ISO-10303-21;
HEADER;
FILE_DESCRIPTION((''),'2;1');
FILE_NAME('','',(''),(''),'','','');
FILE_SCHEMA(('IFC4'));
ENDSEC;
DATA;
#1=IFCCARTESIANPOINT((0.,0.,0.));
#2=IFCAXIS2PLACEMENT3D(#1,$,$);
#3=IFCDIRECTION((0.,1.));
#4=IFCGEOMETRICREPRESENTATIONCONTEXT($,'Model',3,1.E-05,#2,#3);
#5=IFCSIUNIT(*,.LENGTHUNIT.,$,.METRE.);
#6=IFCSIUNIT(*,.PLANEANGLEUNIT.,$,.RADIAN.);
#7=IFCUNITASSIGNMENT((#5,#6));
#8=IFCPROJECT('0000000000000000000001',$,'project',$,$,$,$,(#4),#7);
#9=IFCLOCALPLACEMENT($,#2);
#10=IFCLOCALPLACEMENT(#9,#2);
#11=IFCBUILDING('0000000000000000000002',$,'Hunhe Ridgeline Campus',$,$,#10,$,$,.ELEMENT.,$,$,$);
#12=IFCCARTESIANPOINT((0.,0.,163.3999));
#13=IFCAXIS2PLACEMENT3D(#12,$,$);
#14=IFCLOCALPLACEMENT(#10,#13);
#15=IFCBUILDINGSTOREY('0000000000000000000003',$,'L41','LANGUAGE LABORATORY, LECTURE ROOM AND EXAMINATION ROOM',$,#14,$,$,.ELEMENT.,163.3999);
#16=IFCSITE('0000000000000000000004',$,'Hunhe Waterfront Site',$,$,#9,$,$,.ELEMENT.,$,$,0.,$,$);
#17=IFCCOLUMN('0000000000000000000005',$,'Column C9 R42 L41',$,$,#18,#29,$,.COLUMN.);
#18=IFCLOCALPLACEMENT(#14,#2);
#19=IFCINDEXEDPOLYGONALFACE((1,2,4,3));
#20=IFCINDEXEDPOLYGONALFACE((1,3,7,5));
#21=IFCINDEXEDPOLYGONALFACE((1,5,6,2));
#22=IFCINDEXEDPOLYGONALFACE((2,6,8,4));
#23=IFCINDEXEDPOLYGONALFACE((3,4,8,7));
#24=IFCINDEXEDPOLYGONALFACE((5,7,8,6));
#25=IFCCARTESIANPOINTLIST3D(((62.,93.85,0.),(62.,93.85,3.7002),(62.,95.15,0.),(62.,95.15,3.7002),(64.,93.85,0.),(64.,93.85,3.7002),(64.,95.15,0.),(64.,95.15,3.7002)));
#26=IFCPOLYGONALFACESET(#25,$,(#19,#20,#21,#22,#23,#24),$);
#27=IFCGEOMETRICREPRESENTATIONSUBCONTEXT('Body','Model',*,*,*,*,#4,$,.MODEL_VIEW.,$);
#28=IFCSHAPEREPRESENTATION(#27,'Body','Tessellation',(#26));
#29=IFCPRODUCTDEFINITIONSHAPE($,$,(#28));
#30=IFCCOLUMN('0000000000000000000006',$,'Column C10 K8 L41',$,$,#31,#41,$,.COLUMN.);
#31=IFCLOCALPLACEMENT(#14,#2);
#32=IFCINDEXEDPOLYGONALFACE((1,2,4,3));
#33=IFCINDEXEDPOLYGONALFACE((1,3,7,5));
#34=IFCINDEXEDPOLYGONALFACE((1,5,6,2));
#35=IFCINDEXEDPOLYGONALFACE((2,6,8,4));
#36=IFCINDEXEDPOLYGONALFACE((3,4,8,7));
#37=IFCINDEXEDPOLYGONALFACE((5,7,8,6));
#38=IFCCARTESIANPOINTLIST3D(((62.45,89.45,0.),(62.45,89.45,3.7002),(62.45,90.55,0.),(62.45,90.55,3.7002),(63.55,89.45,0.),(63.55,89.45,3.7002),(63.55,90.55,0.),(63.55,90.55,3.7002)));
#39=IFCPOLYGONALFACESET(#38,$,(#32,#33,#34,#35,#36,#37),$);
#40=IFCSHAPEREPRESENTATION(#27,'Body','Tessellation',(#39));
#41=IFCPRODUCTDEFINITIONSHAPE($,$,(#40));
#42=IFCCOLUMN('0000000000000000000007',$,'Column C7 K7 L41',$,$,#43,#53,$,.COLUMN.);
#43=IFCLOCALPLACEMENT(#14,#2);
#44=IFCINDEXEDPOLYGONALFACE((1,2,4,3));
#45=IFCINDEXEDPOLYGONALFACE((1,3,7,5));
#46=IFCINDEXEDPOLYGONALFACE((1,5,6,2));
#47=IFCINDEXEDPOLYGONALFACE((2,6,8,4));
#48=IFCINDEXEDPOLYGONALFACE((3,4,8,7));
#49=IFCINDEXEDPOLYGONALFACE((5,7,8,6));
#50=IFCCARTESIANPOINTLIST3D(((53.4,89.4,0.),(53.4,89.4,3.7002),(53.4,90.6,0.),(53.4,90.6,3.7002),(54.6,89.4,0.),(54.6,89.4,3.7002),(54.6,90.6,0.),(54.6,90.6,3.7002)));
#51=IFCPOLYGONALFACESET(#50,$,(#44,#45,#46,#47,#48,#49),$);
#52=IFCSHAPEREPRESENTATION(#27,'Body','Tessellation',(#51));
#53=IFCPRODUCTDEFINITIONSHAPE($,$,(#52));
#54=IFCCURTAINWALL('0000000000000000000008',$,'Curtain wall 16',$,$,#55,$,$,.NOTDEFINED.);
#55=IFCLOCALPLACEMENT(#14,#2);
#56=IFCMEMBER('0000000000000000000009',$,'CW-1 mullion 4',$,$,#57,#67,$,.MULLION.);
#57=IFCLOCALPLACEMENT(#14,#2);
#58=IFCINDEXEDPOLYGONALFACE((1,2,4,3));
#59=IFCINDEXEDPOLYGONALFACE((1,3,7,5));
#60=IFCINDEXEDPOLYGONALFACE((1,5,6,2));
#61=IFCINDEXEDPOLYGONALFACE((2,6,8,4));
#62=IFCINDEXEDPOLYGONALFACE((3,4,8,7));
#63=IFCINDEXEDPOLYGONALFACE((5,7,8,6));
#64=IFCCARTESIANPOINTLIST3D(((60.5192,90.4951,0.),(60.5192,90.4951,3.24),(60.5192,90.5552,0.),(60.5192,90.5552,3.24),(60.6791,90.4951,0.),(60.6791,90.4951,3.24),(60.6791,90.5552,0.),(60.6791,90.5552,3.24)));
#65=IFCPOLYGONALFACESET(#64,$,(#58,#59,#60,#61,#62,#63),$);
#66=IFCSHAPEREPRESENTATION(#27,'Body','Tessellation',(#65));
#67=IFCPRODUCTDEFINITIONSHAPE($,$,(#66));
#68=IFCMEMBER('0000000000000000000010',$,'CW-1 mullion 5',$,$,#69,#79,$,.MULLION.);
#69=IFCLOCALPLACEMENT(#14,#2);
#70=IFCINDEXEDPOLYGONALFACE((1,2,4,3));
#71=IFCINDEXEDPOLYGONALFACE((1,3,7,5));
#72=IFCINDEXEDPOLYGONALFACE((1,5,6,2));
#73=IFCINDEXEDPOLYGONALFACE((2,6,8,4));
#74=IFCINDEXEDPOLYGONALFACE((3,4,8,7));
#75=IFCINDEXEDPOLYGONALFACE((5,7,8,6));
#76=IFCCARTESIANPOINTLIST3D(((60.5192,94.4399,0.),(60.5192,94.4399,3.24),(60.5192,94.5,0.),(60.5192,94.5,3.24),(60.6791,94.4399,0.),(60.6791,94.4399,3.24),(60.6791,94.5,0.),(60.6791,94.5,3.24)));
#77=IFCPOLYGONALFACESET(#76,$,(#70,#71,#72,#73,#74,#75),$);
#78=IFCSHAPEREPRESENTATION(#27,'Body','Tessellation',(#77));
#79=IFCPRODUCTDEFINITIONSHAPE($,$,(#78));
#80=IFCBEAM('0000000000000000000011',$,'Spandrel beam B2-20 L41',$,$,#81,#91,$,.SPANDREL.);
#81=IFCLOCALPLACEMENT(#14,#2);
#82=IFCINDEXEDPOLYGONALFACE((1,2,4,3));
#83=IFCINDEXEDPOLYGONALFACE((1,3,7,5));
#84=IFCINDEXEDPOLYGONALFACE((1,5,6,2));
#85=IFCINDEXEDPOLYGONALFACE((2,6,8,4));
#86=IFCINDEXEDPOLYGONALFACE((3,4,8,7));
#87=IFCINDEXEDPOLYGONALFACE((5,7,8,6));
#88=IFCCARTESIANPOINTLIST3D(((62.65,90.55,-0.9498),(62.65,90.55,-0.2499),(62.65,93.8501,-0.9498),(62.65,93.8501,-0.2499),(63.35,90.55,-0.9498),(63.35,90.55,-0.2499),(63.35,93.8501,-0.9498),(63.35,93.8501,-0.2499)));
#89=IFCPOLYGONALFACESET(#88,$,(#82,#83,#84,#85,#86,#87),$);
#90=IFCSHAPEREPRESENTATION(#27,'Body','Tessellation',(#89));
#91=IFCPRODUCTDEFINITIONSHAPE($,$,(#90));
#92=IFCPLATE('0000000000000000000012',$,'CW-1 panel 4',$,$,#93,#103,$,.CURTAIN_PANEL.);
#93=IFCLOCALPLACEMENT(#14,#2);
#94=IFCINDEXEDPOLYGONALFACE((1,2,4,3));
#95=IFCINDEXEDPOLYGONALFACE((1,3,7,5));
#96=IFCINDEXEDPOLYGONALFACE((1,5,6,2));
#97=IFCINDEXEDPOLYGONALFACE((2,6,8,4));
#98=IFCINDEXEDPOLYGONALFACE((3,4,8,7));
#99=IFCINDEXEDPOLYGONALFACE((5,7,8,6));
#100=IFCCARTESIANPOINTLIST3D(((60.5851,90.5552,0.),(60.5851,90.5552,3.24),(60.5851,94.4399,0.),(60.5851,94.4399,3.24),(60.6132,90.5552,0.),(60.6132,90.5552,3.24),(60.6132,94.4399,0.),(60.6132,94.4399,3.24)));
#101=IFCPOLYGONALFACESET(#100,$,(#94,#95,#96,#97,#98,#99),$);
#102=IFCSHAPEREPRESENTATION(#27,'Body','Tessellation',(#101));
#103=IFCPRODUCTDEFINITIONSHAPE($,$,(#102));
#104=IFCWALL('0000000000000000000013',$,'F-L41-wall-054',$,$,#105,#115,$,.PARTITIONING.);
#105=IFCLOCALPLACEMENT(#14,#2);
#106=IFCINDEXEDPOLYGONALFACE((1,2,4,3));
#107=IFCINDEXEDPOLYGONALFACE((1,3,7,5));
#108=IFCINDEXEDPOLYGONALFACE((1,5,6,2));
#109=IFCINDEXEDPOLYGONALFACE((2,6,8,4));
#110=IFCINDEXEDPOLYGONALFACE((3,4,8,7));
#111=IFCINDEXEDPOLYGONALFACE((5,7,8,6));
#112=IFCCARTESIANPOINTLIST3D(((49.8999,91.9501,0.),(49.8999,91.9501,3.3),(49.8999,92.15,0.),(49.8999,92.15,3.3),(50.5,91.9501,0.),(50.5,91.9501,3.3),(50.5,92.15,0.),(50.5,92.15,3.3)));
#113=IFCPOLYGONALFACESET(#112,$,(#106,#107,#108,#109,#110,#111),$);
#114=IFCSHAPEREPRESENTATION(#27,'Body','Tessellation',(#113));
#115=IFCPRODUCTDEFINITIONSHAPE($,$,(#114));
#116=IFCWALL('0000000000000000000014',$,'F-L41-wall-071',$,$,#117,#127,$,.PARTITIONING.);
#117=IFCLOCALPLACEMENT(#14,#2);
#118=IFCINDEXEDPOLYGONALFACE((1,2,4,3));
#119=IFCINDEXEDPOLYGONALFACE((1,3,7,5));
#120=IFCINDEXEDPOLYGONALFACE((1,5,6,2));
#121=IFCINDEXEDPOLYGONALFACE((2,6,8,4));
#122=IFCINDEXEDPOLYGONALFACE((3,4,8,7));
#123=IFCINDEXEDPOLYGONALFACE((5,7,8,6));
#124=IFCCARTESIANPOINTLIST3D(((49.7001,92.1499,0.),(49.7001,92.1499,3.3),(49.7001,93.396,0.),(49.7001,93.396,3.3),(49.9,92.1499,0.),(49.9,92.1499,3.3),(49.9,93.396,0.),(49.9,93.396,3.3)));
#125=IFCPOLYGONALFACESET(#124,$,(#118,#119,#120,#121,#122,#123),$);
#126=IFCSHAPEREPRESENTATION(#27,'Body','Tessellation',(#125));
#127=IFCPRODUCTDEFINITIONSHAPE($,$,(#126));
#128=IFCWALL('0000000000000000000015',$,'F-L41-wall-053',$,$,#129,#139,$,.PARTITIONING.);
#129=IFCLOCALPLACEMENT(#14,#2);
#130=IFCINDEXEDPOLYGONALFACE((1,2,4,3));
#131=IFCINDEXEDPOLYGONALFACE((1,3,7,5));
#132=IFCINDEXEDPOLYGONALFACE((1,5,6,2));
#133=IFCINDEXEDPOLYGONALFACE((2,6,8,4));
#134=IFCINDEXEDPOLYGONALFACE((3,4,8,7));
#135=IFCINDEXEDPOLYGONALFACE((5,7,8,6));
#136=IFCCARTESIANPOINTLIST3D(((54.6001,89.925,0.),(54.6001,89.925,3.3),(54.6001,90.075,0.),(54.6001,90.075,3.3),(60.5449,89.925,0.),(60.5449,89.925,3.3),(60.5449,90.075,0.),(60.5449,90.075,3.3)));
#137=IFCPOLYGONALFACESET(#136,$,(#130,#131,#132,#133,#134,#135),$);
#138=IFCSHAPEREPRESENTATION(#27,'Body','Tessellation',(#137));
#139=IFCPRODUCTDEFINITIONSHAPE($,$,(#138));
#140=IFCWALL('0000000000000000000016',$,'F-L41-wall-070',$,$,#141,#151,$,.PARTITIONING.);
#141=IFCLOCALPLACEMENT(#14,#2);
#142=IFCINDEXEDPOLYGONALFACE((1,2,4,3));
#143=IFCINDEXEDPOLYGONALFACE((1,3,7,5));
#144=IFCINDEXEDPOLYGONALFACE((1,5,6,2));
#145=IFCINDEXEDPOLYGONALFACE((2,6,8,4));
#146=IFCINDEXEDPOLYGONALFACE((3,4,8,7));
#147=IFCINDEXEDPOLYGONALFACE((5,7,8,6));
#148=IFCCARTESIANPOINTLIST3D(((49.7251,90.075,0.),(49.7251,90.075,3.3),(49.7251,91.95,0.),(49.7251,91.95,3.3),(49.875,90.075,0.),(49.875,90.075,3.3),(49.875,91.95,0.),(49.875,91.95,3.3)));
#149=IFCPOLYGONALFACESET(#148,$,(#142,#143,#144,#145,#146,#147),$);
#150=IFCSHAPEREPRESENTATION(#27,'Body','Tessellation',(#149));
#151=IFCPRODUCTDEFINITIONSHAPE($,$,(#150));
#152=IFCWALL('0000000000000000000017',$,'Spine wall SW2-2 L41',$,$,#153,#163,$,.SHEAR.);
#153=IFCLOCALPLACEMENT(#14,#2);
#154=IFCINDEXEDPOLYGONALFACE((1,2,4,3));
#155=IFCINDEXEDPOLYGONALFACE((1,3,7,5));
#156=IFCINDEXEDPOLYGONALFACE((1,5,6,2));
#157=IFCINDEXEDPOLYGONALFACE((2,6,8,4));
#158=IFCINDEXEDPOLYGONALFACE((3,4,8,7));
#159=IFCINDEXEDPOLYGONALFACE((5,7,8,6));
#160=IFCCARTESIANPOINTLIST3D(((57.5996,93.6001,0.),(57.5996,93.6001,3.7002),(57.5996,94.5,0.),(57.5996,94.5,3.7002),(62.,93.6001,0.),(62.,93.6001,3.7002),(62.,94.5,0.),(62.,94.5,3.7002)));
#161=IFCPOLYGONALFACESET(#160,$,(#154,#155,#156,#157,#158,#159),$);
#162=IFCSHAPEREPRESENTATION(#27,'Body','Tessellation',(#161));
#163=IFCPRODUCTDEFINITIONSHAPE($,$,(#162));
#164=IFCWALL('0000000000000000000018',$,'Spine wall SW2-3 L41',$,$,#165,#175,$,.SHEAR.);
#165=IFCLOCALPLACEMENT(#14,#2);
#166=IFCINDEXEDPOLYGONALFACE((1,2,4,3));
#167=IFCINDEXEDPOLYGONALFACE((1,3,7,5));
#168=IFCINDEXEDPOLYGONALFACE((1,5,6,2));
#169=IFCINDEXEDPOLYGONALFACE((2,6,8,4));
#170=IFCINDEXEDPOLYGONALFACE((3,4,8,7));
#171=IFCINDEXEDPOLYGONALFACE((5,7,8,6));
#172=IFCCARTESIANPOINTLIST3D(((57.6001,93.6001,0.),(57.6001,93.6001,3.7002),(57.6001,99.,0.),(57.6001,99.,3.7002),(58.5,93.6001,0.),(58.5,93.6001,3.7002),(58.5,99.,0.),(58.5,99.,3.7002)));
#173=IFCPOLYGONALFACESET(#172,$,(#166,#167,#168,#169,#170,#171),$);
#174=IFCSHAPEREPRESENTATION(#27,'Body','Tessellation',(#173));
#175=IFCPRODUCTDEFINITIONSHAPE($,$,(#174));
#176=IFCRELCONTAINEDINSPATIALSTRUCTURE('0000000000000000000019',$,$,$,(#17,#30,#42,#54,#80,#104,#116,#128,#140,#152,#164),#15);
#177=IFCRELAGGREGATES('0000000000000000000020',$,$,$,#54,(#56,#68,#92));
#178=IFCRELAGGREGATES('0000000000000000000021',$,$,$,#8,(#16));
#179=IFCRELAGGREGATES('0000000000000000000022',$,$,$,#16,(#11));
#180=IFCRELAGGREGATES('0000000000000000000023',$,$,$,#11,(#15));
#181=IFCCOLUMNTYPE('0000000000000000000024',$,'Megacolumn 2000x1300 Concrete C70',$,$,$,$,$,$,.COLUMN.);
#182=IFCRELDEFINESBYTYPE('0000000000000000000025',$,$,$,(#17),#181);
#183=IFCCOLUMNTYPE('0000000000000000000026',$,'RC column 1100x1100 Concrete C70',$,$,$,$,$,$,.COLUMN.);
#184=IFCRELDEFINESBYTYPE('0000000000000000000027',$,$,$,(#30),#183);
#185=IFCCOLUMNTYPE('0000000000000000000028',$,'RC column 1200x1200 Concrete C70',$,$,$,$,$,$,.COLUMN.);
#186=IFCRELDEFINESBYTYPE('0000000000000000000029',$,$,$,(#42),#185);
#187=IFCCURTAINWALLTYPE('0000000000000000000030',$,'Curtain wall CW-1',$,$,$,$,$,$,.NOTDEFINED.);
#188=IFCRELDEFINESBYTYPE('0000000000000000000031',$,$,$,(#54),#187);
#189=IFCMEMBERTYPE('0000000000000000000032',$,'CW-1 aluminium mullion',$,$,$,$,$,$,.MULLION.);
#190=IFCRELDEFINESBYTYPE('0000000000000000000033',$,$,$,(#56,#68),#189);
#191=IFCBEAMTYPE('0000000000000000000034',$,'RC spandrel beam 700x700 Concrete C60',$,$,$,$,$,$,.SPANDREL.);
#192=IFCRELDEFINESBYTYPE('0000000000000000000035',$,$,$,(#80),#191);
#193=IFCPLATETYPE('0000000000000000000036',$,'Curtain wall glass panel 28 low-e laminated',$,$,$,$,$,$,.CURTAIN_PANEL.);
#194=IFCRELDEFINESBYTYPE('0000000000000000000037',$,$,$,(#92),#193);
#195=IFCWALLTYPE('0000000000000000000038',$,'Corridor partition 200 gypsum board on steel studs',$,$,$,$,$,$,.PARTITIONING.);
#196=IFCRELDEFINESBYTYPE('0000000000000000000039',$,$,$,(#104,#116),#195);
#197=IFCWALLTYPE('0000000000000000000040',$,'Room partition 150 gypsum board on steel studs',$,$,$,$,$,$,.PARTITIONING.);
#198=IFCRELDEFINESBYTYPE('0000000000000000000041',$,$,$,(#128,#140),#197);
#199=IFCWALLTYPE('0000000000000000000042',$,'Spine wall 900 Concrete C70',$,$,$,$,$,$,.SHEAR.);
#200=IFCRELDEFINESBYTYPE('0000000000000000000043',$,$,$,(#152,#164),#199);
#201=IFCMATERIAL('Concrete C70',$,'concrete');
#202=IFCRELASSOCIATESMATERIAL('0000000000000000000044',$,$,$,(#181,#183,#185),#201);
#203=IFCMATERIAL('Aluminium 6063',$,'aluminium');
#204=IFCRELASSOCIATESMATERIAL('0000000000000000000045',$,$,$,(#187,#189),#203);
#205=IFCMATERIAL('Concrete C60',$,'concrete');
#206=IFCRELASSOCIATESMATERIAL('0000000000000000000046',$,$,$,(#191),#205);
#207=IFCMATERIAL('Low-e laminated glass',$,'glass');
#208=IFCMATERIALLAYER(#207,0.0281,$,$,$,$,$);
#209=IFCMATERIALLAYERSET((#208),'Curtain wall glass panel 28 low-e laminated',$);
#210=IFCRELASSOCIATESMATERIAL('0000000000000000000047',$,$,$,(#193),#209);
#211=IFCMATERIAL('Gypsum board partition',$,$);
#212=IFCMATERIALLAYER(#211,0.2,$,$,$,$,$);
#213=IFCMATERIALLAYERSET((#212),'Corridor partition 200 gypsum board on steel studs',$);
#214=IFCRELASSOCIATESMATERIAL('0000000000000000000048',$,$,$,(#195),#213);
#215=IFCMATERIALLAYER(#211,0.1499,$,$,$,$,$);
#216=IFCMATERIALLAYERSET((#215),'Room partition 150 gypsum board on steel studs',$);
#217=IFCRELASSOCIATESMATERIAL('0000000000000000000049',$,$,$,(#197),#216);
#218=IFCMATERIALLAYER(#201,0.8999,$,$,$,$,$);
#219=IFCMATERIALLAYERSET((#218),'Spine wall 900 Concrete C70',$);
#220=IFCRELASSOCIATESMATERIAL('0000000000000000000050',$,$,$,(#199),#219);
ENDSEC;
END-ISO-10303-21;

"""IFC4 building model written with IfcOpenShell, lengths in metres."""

from ifc_helpers import new_model, si_unit, direction, frame, frame_2d, origin, origin_2d, place, context, subcontext, project, spatial, rectangle, extrude, material, layer, layer_set, material_profile, profile_set, type_object, element, aggregate, save


model = new_model("IFC4")

# Units and contexts
model_context = context("Model", 3, precision=1e-05, world=origin(), true_north=direction((0.0, 1.0)))
body_context = subcontext(model_context, "Body", "Model", "MODEL_VIEW")
ifc_project = project(units=[si_unit("LENGTHUNIT", "METRE"), si_unit("PLANEANGLEUNIT", "RADIAN")], contexts=[model_context])

# Site, building, storey
site_placement = place(None, origin())
site = spatial("IfcSite", under=ifc_project, at=site_placement, Name="Hunhe Waterfront Site", CompositionType="ELEMENT", RefElevation=0.0)
building_placement = place(site_placement, origin())
building = spatial("IfcBuilding", under=site, at=building_placement, Name="Hunhe Ridgeline Campus", CompositionType="ELEMENT")
storey_placement = place(building_placement, frame((0.0, 0.0, 163.3999)))
storey = spatial("IfcBuildingStorey", under=building, at=storey_placement, Name="L41", Description="LANGUAGE LABORATORY, LECTURE ROOM AND EXAMINATION ROOM", CompositionType="ELEMENT", Elevation=163.3999)

# Columns
ifc_material_1 = material(Name="Concrete C70", Category="concrete")
ifc_material_profile_1 = material_profile(ifc_material_1, rectangle(XDim=2.0, YDim=1.3, at=origin_2d()))
ifc_profile_set_1 = profile_set([ifc_material_profile_1], Name="Concrete C70")
column_type_1 = type_object("IfcColumnType", Name="Megacolumn 2000x1300 Concrete C70", PredefinedType="COLUMN", material=ifc_profile_set_1)
column_1_placement = place(storey_placement, frame((63.0, 94.5, 0.0), z_axis=(0.0, 0.0, 1.0), x_axis=(1.0, 0.0, 0.0)))
element("IfcColumn", 1, at=column_1_placement, inside=storey, type_object=column_type_1, Name="Column C9 R42 L41", PredefinedType="COLUMN", context=body_context, shape_type="SweptSolid", body=[
    extrude(rectangle(XDim=2.0, YDim=1.3, at=origin_2d()), origin(), (0.0, 0.0, 1.0), 3.7002),
])
ifc_material_profile_2 = material_profile(ifc_material_1, rectangle(XDim=1.1001, YDim=1.1001, at=origin_2d()))
ifc_profile_set_2 = profile_set([ifc_material_profile_2], Name="Concrete C70")
column_type_2 = type_object("IfcColumnType", Name="RC column 1100x1100 Concrete C70", PredefinedType="COLUMN", material=ifc_profile_set_2)
column_2_placement = place(storey_placement, frame((63.0, 90.0, 0.0), z_axis=(0.0, 0.0, 1.0), x_axis=(1.0, 0.0, 0.0)))
element("IfcColumn", 2, at=column_2_placement, inside=storey, type_object=column_type_2, Name="Column C10 K8 L41", PredefinedType="COLUMN", context=body_context, shape_type="SweptSolid", body=[
    extrude(rectangle(XDim=1.1001, YDim=1.1001, at=origin_2d()), origin(), (0.0, 0.0, 1.0), 3.7002),
])
ifc_material_profile_3 = material_profile(ifc_material_1, rectangle(XDim=1.2, YDim=1.2, at=origin_2d()))
ifc_profile_set_3 = profile_set([ifc_material_profile_3], Name="Concrete C70")
column_type_3 = type_object("IfcColumnType", Name="RC column 1200x1200 Concrete C70", PredefinedType="COLUMN", material=ifc_profile_set_3)
column_3_placement = place(storey_placement, frame((54.0, 90.0, 0.0), z_axis=(0.0, 0.0, 1.0), x_axis=(1.0, 0.0, 0.0)))
element("IfcColumn", 3, at=column_3_placement, inside=storey, type_object=column_type_3, Name="Column C7 K7 L41", PredefinedType="COLUMN", context=body_context, shape_type="SweptSolid", body=[
    extrude(rectangle(XDim=1.2, YDim=1.2, at=origin_2d()), origin(), (0.0, 0.0, 1.0), 3.7002),
])

# Curtain wall, members
ifc_material_2 = material(Name="Aluminium 6063", Category="aluminium")
curtain_wall_type = type_object("IfcCurtainWallType", Name="Curtain wall CW-1", PredefinedType="NOTDEFINED", material=ifc_material_2)
curtain_wall_placement = place(storey_placement, origin())
curtain_wall = element("IfcCurtainWall", 4, at=curtain_wall_placement, inside=storey, type_object=curtain_wall_type, Name="Curtain wall 16", PredefinedType="NOTDEFINED")
ifc_material_profile_4 = material_profile(ifc_material_2, rectangle(XDim=0.1599, YDim=0.0601, at=origin_2d()))
ifc_profile_set_4 = profile_set([ifc_material_profile_4], Name="Aluminium 6063")
member_type = type_object("IfcMemberType", Name="CW-1 aluminium mullion", PredefinedType="MULLION", material=ifc_profile_set_4)
member_1_placement = place(storey_placement, frame((60.5991, 90.5251, 0.0), z_axis=(0.0, 0.0, 1.0), x_axis=(-1.0, 0.0, 0.0)))
member_1 = element("IfcMember", 5, at=member_1_placement, type_object=member_type, Name="CW-1 mullion 4", PredefinedType="MULLION", context=body_context, shape_type="SweptSolid", body=[
    extrude(rectangle(XDim=0.1599, YDim=0.0601, at=origin_2d()), origin(), (0.0, 0.0, 1.0), 3.24),
])
member_2_placement = place(storey_placement, frame((60.5991, 94.47, 0.0), z_axis=(0.0, 0.0, 1.0), x_axis=(-1.0, 0.0, 0.0)))
member_2 = element("IfcMember", 6, at=member_2_placement, type_object=member_type, Name="CW-1 mullion 5", PredefinedType="MULLION", context=body_context, shape_type="SweptSolid", body=[
    extrude(rectangle(XDim=0.1599, YDim=0.0601, at=origin_2d()), origin(), (0.0, 0.0, 1.0), 3.24),
])

# Beam
ifc_material_3 = material(Name="Concrete C60", Category="concrete")
ifc_material_profile_5 = material_profile(ifc_material_3, rectangle(XDim=0.7, YDim=0.7, at=origin_2d()))
ifc_profile_set_5 = profile_set([ifc_material_profile_5], Name="Concrete C60")
beam_type = type_object("IfcBeamType", Name="RC spandrel beam 700x700 Concrete C60", PredefinedType="SPANDREL", material=ifc_profile_set_5)
beam_placement = place(storey_placement, frame((63.0, 90.55, -0.5999), z_axis=(0.0, 1.0, 0.0), x_axis=(-1.0, 0.0, 0.0)))
element("IfcBeam", 7, at=beam_placement, inside=storey, type_object=beam_type, Name="Spandrel beam B2-20 L41", PredefinedType="SPANDREL", context=body_context, shape_type="SweptSolid", body=[
    extrude(rectangle(XDim=0.7, YDim=0.7, at=origin_2d()), origin(), (0.0, 0.0, 1.0), 3.3),
])

# Plate
ifc_material_4 = material(Name="Low-e laminated glass", Category="glass")
ifc_layer_1 = layer(ifc_material_4, 0.0281)
ifc_layer_set_1 = layer_set([ifc_layer_1], Name="Curtain wall glass panel 28 low-e laminated")
plate_type = type_object("IfcPlateType", Name="Curtain wall glass panel 28 low-e laminated", PredefinedType="CURTAIN_PANEL", material=ifc_layer_set_1)
plate_placement = place(storey_placement, frame((60.5991, 92.4976, 0.0), z_axis=(0.0, 0.0, 1.0), x_axis=(0.0, 1.0, 0.0)))
plate = element("IfcPlate", 8, at=plate_placement, type_object=plate_type, Name="CW-1 panel 4", PredefinedType="CURTAIN_PANEL", context=body_context, shape_type="SweptSolid", body=[
    extrude(rectangle(XDim=3.8848, YDim=0.0281, at=origin_2d()), origin(), (0.0, 0.0, 1.0), 3.24),
])
aggregate(curtain_wall, [member_1, member_2, plate])

# Walls
ifc_material_5 = material(Name="Gypsum board partition")
ifc_layer_2 = layer(ifc_material_5, 0.2)
ifc_layer_set_2 = layer_set([ifc_layer_2], Name="Corridor partition 200 gypsum board on steel studs")
wall_type_1 = type_object("IfcWallType", Name="Corridor partition 200 gypsum board on steel studs", PredefinedType="PARTITIONING", material=ifc_layer_set_2)
wall_1_placement = place(storey_placement, frame((50.5, 92.05, 0.0), z_axis=(0.0, 0.0, 1.0), x_axis=(-1.0, 0.0, 0.0)))
element("IfcWall", 9, at=wall_1_placement, inside=storey, type_object=wall_type_1, Name="F-L41-wall-054", PredefinedType="PARTITIONING", context=body_context, shape_type="SweptSolid", body=[
    extrude(rectangle(XDim=0.6001, YDim=0.2, at=frame_2d((0.3, 0.0))), origin(), (0.0, 0.0, 1.0), 3.3),
])
wall_2_placement = place(storey_placement, frame((49.8, 92.1499, 0.0), z_axis=(0.0, 0.0, 1.0), x_axis=(0.0, 1.0, 0.0)))
element("IfcWall", 10, at=wall_2_placement, inside=storey, type_object=wall_type_1, Name="F-L41-wall-071", PredefinedType="PARTITIONING", context=body_context, shape_type="SweptSolid", body=[
    extrude(rectangle(XDim=1.2461, YDim=0.2, at=frame_2d((0.623, 0.0))), origin(), (0.0, 0.0, 1.0), 3.3),
])

# Walls
ifc_layer_3 = layer(ifc_material_5, 0.1499)
ifc_layer_set_3 = layer_set([ifc_layer_3], Name="Room partition 150 gypsum board on steel studs")
wall_type_2 = type_object("IfcWallType", Name="Room partition 150 gypsum board on steel studs", PredefinedType="PARTITIONING", material=ifc_layer_set_3)
wall_3_placement = place(storey_placement, frame((54.6001, 90.0, 0.0), z_axis=(0.0, 0.0, 1.0), x_axis=(1.0, 0.0, 0.0)))
element("IfcWall", 11, at=wall_3_placement, inside=storey, type_object=wall_type_2, Name="F-L41-wall-053", PredefinedType="PARTITIONING", context=body_context, shape_type="SweptSolid", body=[
    extrude(rectangle(XDim=5.9448, YDim=0.1499, at=frame_2d((2.9724, 0.0))), origin(), (0.0, 0.0, 1.0), 3.3),
])
wall_4_placement = place(storey_placement, frame((49.8, 91.95, 0.0), z_axis=(0.0, 0.0, 1.0), x_axis=(0.0, -1.0, 0.0)))
element("IfcWall", 12, at=wall_4_placement, inside=storey, type_object=wall_type_2, Name="F-L41-wall-070", PredefinedType="PARTITIONING", context=body_context, shape_type="SweptSolid", body=[
    extrude(rectangle(XDim=1.875, YDim=0.1499, at=frame_2d((0.9375, 0.0))), origin(), (0.0, 0.0, 1.0), 3.3),
])
ifc_layer_4 = layer(ifc_material_1, 0.8999)
ifc_layer_set_4 = layer_set([ifc_layer_4], Name="Spine wall 900 Concrete C70")
wall_type_3 = type_object("IfcWallType", Name="Spine wall 900 Concrete C70", PredefinedType="SHEAR", material=ifc_layer_set_4)
wall_5_placement = place(storey_placement, frame((62.0, 94.05, 0.0), z_axis=(0.0, 0.0, 1.0), x_axis=(-1.0, 0.0, 0.0)))
element("IfcWall", 13, at=wall_5_placement, inside=storey, type_object=wall_type_3, Name="Spine wall SW2-2 L41", PredefinedType="SHEAR", context=body_context, shape_type="SweptSolid", body=[
    extrude(rectangle(XDim=4.4004, YDim=0.8999, at=frame_2d((2.2002, 0.0))), origin(), (0.0, 0.0, 1.0), 3.7002),
])
wall_6_placement = place(storey_placement, frame((58.05, 93.6001, 0.0), z_axis=(0.0, 0.0, 1.0), x_axis=(0.0, 1.0, 0.0)))
element("IfcWall", 14, at=wall_6_placement, inside=storey, type_object=wall_type_3, Name="Spine wall SW2-3 L41", PredefinedType="SHEAR", context=body_context, shape_type="SweptSolid", body=[
    extrude(rectangle(XDim=5.3999, YDim=0.8999, at=frame_2d((2.7, 0.0))), origin(), (0.0, 0.0, 1.0), 3.7002),
])

save(model, "model.ifc")
